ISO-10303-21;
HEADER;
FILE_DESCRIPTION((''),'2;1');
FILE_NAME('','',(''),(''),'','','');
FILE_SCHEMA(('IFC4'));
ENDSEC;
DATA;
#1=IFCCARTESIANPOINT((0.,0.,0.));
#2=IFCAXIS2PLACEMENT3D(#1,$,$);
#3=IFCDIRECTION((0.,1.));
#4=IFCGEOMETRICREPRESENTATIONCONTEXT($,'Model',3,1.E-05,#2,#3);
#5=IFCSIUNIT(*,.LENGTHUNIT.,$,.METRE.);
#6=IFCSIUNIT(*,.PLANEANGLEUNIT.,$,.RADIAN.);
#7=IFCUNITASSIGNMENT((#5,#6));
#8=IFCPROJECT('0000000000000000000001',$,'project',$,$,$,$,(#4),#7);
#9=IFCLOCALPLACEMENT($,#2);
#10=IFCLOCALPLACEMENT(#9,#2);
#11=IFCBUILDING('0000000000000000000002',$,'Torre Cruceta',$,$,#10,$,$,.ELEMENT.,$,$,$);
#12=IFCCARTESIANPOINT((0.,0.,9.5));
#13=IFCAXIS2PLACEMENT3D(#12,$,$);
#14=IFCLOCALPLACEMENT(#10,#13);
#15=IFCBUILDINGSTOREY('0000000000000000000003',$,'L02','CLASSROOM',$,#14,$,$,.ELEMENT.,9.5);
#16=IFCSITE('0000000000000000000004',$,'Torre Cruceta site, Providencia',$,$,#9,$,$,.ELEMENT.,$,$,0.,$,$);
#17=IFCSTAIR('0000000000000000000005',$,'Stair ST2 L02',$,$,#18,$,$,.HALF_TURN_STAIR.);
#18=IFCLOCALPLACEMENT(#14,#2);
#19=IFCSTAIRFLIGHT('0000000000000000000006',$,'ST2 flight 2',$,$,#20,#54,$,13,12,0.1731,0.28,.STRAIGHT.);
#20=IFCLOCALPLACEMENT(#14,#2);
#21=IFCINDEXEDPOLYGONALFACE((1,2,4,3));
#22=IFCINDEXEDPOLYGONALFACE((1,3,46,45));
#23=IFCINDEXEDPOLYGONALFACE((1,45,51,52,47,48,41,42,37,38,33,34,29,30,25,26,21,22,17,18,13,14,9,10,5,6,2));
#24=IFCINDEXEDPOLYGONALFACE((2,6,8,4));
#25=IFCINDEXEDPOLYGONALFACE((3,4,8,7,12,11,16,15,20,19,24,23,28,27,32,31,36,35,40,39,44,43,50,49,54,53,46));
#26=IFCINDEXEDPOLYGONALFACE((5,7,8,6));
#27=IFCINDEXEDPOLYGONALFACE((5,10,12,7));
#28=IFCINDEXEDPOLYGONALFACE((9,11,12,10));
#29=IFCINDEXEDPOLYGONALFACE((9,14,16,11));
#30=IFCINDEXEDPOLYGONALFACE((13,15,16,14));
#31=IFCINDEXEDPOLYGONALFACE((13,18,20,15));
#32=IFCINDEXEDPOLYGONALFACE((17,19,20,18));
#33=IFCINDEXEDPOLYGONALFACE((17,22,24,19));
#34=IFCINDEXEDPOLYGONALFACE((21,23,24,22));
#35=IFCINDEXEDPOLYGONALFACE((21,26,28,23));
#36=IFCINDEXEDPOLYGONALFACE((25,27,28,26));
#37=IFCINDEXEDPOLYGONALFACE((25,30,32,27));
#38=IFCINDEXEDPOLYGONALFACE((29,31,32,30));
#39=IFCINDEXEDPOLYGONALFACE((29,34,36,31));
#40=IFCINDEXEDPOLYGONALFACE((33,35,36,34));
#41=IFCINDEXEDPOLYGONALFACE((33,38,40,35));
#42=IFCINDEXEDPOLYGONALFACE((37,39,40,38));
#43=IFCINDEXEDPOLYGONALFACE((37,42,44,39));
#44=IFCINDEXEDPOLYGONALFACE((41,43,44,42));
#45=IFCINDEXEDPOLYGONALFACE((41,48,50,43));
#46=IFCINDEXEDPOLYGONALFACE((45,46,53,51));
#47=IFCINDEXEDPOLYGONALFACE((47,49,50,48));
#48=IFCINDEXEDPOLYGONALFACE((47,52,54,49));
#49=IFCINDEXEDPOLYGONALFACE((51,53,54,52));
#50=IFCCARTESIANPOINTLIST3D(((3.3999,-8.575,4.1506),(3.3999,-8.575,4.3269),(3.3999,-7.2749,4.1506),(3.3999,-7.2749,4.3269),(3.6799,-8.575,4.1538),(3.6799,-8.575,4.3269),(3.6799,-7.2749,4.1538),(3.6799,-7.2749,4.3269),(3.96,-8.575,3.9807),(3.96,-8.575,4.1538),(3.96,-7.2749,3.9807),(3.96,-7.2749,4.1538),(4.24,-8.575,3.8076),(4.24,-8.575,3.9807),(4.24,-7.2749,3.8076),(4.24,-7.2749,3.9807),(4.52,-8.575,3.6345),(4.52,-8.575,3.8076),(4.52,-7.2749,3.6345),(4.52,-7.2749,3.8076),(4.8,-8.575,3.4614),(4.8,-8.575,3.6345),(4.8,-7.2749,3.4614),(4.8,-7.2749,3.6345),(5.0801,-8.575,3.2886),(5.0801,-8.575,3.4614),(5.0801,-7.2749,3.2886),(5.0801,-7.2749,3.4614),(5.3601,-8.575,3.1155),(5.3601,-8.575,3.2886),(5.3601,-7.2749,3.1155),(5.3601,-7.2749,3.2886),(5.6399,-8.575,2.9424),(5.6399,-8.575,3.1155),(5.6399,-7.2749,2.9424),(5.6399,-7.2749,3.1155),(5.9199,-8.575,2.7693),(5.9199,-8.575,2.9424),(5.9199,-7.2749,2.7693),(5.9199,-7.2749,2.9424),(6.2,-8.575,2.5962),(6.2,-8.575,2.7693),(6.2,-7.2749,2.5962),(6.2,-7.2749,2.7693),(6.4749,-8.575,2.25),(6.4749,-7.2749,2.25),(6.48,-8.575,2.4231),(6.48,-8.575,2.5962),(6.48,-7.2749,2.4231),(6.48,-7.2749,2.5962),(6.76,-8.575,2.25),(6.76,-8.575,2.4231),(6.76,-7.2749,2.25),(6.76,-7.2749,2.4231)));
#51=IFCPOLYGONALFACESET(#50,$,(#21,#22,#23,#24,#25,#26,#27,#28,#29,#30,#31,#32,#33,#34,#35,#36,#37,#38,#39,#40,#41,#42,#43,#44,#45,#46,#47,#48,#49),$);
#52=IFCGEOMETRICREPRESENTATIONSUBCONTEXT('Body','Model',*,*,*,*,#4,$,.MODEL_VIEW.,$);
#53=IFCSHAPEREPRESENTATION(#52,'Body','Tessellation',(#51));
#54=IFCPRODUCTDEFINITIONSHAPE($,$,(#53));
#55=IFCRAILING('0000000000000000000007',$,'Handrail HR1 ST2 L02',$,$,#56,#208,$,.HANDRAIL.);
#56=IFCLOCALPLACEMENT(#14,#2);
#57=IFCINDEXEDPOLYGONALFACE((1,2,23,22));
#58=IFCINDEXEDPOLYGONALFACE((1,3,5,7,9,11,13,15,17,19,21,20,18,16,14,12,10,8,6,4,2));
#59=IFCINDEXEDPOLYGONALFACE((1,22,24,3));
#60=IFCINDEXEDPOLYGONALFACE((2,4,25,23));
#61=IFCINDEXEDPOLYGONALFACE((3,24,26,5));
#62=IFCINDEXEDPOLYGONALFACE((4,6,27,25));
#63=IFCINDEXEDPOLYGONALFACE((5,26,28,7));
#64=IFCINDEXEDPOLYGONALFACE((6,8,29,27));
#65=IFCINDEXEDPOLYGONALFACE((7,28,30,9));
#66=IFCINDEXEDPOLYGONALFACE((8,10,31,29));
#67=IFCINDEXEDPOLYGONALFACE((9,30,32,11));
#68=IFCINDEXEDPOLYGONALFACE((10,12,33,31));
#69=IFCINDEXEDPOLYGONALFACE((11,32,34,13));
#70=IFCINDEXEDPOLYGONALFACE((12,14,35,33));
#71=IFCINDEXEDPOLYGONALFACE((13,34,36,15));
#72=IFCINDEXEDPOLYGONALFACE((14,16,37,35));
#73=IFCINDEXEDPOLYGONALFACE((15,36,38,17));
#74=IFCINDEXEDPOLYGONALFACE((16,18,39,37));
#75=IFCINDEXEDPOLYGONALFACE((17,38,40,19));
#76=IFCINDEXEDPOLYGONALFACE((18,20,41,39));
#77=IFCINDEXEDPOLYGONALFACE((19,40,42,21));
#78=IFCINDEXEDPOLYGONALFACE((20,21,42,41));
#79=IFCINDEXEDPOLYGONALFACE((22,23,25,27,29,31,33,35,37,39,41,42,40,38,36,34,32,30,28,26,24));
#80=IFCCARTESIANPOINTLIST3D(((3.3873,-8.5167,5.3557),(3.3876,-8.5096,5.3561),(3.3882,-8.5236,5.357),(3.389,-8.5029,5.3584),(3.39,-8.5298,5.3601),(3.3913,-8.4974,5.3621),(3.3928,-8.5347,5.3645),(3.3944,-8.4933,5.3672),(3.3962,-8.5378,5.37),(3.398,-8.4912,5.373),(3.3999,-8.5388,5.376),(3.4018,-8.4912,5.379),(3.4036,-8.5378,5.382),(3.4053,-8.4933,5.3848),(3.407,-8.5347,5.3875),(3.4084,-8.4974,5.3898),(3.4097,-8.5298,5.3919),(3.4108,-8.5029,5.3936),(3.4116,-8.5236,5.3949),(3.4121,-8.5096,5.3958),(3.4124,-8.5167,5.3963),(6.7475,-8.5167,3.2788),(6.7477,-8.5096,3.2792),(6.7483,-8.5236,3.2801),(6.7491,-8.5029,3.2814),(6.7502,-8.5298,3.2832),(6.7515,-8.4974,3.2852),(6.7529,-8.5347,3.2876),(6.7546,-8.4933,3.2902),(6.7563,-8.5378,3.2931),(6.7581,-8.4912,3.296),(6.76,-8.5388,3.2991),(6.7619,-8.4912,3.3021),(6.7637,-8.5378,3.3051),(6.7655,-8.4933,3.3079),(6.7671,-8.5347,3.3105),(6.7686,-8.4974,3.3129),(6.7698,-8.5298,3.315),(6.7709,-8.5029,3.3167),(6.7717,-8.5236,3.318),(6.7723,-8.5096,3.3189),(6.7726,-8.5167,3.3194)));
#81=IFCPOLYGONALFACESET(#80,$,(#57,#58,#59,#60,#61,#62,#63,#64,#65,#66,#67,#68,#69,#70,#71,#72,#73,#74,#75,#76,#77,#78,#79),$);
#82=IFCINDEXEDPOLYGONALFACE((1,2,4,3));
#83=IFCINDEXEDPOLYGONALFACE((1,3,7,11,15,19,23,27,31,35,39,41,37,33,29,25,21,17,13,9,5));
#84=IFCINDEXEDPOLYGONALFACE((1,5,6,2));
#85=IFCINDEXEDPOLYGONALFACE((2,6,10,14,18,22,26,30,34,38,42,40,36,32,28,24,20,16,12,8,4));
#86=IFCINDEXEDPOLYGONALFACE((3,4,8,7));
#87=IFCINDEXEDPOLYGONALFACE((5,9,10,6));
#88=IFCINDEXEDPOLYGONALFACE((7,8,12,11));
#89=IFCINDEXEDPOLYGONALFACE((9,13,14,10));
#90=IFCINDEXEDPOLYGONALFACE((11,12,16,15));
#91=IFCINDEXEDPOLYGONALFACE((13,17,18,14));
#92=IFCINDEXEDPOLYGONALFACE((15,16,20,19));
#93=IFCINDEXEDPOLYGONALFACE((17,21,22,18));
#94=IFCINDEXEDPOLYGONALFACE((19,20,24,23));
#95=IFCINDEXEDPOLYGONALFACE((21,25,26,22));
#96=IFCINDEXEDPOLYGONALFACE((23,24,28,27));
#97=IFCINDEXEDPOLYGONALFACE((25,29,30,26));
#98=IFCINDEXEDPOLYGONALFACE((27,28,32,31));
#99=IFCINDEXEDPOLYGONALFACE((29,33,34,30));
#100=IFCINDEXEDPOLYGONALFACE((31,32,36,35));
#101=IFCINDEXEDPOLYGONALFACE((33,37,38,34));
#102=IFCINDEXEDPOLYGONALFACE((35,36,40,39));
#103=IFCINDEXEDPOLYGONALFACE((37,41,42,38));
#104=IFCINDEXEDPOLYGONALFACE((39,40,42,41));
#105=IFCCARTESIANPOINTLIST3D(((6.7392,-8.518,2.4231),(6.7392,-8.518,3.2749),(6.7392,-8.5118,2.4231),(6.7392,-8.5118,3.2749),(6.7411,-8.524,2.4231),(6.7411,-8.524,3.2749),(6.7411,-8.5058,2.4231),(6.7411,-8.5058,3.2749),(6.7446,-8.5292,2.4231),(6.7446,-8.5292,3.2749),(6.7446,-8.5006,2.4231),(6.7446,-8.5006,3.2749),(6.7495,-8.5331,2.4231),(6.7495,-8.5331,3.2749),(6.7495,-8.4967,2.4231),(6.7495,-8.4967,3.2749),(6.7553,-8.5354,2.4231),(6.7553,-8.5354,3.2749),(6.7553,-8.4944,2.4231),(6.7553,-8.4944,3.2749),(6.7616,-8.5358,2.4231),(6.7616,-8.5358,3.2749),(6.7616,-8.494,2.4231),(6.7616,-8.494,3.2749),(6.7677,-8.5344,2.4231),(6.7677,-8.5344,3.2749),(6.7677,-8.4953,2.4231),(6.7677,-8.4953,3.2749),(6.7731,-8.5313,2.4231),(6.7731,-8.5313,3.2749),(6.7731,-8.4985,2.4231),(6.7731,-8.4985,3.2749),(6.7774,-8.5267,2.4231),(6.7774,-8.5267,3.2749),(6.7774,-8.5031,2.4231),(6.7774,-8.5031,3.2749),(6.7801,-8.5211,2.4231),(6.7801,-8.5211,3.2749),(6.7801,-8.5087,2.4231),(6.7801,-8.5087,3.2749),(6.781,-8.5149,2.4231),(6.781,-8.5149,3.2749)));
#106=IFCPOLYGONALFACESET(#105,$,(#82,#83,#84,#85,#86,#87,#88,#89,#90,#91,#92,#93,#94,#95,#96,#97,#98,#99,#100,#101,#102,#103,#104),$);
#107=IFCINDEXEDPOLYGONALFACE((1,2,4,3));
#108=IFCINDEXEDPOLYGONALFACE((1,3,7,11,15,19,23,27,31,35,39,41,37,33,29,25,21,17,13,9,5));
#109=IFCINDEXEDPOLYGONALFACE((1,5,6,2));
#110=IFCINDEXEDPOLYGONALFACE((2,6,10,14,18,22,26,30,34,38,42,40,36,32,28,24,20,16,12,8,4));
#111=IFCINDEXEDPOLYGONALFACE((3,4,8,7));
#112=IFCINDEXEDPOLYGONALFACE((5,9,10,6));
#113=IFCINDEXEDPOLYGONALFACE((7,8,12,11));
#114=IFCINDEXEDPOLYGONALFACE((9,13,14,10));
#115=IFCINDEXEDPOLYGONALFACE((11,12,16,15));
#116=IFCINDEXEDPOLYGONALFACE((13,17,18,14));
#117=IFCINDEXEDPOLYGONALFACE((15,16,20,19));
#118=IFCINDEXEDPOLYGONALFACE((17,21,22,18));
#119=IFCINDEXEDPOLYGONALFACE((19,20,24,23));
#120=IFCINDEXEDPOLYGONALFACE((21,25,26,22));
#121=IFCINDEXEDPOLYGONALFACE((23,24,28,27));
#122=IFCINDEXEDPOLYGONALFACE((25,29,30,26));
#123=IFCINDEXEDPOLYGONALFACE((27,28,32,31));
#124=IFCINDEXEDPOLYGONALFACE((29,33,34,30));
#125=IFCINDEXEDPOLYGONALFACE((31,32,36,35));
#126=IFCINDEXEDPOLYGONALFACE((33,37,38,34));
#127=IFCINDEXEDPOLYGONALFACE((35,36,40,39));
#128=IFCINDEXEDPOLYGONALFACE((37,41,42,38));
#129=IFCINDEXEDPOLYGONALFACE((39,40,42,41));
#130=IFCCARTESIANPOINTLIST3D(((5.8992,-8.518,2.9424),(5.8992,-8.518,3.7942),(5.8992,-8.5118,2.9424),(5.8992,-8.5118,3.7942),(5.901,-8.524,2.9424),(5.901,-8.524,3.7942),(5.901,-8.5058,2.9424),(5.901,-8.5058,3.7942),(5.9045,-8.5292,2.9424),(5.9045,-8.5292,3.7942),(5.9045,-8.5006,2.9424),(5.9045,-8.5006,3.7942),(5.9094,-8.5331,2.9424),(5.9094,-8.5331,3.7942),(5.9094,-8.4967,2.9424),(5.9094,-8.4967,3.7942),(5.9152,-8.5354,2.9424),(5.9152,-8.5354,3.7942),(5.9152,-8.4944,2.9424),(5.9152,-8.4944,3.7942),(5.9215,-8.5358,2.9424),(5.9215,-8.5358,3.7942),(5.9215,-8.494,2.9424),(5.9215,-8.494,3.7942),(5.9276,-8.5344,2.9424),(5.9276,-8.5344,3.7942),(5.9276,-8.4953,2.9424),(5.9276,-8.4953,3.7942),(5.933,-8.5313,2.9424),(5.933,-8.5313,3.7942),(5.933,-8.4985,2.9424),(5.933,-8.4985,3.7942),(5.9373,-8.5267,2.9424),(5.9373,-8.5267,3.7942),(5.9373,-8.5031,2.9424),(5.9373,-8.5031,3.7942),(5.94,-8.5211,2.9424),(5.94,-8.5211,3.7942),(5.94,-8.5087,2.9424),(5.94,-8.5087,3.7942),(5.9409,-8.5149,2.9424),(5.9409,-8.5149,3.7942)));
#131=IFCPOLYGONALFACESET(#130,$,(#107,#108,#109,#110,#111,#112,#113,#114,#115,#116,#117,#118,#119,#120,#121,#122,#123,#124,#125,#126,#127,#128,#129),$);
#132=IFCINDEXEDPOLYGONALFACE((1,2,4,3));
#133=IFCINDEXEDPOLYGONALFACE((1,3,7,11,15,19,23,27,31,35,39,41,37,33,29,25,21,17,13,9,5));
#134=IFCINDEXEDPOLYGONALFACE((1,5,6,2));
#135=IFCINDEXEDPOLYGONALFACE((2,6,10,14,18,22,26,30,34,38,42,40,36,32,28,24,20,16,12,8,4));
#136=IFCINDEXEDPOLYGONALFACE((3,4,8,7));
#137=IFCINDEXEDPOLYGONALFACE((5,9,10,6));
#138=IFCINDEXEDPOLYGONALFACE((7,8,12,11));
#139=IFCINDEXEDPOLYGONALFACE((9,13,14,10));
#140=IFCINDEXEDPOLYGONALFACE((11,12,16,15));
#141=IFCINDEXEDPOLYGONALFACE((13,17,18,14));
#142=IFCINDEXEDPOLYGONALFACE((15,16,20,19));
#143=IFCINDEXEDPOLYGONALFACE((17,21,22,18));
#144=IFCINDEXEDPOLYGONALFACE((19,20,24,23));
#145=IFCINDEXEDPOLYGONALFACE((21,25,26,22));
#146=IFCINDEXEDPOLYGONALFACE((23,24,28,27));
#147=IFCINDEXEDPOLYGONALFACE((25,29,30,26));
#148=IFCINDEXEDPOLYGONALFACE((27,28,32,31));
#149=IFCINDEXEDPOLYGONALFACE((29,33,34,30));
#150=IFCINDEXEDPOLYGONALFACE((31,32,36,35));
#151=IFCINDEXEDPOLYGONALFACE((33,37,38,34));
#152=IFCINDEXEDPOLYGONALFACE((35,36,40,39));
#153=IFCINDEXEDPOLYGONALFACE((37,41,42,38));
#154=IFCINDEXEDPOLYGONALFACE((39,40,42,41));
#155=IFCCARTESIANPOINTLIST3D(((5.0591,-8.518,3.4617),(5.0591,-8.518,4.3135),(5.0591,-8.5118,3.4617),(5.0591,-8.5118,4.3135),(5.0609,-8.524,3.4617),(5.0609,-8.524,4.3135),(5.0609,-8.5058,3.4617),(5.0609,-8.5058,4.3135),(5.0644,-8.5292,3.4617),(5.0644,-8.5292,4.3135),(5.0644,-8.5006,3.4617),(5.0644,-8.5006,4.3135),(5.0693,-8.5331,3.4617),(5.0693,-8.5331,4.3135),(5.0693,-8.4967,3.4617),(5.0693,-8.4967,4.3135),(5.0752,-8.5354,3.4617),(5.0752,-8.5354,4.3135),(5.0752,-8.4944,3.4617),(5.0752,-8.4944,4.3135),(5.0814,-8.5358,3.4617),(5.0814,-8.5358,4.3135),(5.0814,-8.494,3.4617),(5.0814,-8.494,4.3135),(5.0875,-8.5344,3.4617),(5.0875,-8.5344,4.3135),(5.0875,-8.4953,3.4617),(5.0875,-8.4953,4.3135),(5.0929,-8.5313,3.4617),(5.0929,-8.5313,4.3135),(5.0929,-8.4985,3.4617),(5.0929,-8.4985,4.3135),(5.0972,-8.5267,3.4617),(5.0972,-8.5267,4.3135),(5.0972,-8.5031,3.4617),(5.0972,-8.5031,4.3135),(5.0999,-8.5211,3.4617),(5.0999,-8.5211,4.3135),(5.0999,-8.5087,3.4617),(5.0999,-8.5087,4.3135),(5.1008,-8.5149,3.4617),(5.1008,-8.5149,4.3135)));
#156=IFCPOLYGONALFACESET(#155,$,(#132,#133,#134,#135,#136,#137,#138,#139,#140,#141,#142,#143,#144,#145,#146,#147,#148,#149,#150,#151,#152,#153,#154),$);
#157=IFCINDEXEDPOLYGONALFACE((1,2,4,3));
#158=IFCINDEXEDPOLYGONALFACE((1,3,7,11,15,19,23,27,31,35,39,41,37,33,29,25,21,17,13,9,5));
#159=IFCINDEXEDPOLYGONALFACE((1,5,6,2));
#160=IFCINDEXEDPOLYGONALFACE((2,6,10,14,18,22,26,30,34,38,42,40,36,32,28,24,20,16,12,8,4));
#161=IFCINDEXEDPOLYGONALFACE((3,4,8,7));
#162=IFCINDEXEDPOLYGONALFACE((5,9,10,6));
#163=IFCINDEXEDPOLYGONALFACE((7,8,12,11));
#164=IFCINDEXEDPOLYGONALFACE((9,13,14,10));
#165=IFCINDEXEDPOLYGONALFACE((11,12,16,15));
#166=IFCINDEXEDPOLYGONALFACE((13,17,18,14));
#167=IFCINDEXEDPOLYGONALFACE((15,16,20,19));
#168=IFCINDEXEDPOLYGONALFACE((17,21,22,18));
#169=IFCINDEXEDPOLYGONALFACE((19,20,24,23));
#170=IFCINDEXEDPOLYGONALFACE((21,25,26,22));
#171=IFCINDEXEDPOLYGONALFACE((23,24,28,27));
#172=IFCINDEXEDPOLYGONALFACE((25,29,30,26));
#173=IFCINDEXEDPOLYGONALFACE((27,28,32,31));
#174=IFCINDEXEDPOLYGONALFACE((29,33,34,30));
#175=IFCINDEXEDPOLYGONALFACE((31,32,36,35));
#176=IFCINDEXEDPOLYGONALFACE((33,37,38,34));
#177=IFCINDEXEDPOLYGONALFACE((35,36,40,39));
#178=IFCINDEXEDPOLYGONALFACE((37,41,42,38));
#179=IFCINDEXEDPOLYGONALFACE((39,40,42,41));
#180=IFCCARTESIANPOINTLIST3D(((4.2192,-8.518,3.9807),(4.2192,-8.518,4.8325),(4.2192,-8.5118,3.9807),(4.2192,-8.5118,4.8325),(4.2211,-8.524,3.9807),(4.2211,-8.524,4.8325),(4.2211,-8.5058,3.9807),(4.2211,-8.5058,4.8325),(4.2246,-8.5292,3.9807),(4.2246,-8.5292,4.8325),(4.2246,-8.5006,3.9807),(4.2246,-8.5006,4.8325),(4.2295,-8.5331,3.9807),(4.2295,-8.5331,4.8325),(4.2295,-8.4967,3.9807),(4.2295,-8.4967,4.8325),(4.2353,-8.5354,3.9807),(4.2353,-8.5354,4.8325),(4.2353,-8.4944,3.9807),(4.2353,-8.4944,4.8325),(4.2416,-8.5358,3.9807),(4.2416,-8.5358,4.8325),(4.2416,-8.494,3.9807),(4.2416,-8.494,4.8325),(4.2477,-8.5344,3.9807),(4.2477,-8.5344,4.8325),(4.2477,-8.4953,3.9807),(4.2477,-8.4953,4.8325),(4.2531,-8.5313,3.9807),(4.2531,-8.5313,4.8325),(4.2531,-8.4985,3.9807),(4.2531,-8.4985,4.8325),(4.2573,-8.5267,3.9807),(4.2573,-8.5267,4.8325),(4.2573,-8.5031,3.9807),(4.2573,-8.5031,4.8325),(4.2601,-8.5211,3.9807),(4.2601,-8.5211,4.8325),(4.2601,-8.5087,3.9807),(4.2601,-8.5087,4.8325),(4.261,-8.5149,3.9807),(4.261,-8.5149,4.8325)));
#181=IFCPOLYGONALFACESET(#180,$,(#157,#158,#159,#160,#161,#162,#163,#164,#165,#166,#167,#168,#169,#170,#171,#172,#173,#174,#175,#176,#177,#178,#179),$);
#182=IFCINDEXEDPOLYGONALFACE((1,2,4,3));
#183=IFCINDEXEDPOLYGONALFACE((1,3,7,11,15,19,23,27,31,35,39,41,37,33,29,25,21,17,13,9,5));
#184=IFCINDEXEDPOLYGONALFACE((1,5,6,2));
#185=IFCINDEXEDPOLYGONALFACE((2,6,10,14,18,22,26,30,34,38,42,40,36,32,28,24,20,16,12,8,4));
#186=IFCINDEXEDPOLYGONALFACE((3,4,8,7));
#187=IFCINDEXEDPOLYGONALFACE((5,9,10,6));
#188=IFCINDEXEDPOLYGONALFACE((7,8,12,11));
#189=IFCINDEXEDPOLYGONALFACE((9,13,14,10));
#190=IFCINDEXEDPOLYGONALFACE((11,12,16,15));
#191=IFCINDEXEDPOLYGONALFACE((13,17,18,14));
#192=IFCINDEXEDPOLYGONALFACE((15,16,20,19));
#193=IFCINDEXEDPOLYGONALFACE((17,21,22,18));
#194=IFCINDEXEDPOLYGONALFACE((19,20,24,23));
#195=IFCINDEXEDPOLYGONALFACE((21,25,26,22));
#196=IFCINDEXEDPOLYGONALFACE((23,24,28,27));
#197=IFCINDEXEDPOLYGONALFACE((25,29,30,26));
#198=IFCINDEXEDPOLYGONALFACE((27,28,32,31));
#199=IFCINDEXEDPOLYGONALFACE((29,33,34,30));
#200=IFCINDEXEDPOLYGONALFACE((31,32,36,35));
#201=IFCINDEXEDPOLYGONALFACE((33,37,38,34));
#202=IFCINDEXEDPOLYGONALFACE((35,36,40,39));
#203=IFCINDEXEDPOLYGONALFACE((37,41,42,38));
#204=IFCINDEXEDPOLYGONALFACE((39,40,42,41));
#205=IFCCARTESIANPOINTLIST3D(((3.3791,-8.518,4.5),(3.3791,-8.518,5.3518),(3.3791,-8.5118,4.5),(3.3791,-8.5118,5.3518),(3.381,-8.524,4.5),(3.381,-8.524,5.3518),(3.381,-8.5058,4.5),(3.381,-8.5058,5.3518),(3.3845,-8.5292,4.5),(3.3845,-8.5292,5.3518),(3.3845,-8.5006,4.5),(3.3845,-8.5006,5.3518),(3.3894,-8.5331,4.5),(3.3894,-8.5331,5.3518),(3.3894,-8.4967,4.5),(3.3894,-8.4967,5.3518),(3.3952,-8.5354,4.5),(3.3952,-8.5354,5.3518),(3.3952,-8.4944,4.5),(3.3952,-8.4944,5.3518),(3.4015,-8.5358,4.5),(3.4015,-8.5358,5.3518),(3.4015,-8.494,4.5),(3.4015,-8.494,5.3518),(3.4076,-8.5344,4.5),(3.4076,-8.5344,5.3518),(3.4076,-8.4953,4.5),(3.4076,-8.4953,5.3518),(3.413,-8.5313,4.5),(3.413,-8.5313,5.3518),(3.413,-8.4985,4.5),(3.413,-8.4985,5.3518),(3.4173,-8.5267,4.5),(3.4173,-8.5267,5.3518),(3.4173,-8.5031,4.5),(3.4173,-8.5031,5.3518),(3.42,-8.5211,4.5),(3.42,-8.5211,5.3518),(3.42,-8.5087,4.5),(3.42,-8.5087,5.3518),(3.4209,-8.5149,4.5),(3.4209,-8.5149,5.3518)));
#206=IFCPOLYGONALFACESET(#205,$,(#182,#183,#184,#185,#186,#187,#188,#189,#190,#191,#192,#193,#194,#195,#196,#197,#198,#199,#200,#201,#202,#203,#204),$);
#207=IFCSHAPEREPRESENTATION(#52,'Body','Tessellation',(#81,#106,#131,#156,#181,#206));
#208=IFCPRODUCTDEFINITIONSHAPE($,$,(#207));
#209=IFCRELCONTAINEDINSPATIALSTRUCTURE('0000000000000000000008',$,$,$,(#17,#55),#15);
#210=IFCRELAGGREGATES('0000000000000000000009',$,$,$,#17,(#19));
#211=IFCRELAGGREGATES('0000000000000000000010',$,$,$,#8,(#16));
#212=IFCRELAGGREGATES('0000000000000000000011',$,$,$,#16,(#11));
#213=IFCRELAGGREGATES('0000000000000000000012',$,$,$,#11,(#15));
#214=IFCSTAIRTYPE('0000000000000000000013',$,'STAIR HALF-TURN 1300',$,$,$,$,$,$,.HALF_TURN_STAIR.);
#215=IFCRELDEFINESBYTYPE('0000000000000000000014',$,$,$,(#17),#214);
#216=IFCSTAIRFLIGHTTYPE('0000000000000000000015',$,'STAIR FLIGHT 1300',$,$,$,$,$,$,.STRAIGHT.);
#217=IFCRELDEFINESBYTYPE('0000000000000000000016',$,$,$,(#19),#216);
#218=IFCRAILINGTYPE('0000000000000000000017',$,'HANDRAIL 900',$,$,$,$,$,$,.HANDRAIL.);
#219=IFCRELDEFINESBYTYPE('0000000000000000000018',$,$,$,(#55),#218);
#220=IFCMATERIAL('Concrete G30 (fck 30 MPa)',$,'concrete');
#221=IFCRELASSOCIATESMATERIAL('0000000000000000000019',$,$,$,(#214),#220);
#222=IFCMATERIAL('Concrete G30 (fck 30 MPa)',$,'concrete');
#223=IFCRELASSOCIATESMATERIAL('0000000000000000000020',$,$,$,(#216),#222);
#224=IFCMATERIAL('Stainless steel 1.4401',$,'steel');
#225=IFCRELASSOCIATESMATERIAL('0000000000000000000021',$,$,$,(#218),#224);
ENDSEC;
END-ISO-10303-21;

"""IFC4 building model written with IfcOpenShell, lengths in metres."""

from ifc_helpers import new_model, si_unit, direction, frame, origin, origin_2d, place, context, subcontext, project, spatial, polyline, circle, outline, extrude, material, type_object, element, aggregate, save


model = new_model("IFC4")

# Units and contexts
model_context = context("Model", 3, precision=1e-05, world=origin(), true_north=direction((0.0, 1.0)))
body_context = subcontext(model_context, "Body", "Model", "MODEL_VIEW")
ifc_project = project(units=[si_unit("LENGTHUNIT", "METRE"), si_unit("PLANEANGLEUNIT", "RADIAN")], contexts=[model_context])

# Site, building, storey
site_placement = place(None, origin())
site = spatial("IfcSite", under=ifc_project, at=site_placement, Name="Torre Cruceta site, Providencia", CompositionType="ELEMENT", RefElevation=0.0)
building_placement = place(site_placement, origin())
building = spatial("IfcBuilding", under=site, at=building_placement, Name="Torre Cruceta", CompositionType="ELEMENT")
storey_placement = place(building_placement, frame((0.0, 0.0, 9.5)))
storey = spatial("IfcBuildingStorey", under=building, at=storey_placement, Name="L02", Description="CLASSROOM", CompositionType="ELEMENT", Elevation=9.5)

# Stair
ifc_material_1 = material(Name="Concrete G30 (fck 30 MPa)", Category="concrete")
stair_type = type_object("IfcStairType", Name="STAIR HALF-TURN 1300", PredefinedType="HALF_TURN_STAIR", material=ifc_material_1)
stair_1_placement = place(storey_placement, origin())
stair_1 = element("IfcStair", 1, at=stair_1_placement, inside=storey, type_object=stair_type, Name="Stair ST2 L02", PredefinedType="HALF_TURN_STAIR")

# Stair flight
ifc_material_2 = material(Name="Concrete G30 (fck 30 MPa)", Category="concrete")
stair_flight_type = type_object("IfcStairFlightType", Name="STAIR FLIGHT 1300", PredefinedType="STRAIGHT", material=ifc_material_2)
stair_flight_1_placement = place(storey_placement, frame((6.76, -7.925, 2.25), z_axis=(0.0, 0.0, 1.0), x_axis=(-1.0, 0.0, 0.0)))
stair_flight_1 = element("IfcStairFlight", 2, at=stair_flight_1_placement, type_object=stair_flight_type, Name="ST2 flight 2", NumberOfRisers=13, NumberOfTreads=12, PredefinedType="STRAIGHT", RiserHeight=0.1731, TreadLength=0.28, context=body_context, shape_type="SweptSolid", body=[
    extrude(outline(polyline([(0.0, 0.0), (0.0, 0.1731), (0.28, 0.1731), (0.28, 0.3462), (0.5601, 0.3462), (0.5601, 0.5193), (0.8401, 0.5193), (0.8401, 0.6924), (1.1201, 0.6924), (1.1201, 0.8655), (1.3999, 0.8655), (1.3999, 1.0386), (1.6799, 1.0386), (1.6799, 1.2114), (1.96, 1.2114), (1.96, 1.3845), (2.24, 1.3845), (2.24, 1.5576), (2.52, 1.5576), (2.52, 1.7307), (2.8, 1.7307), (2.8, 1.9038), (3.0801, 1.9038), (3.0801, 2.0769), (3.3601, 2.0769), (3.3601, 2.25), (3.3601, 1.9006), (0.2852, 0.0), (0.0, 0.0)])), frame((0.0, 0.6499, 0.0), z_axis=(0.0, -1.0, 0.0), x_axis=(1.0, 0.0, 0.0)), (0.0, 0.0, 1.0), 1.3),
])
aggregate(stair_1, [stair_flight_1])

# Railing
ifc_material_3 = material(Name="Stainless steel 1.4401", Category="steel")
railing_type = type_object("IfcRailingType", Name="HANDRAIL 900", PredefinedType="HANDRAIL", material=ifc_material_3)
railing_1_placement = place(storey_placement, frame((6.76, -8.5149, 2.4231)))
element("IfcRailing", 3, at=railing_1_placement, inside=storey, type_object=railing_type, Name="Handrail HR1 ST2 L02", PredefinedType="HANDRAIL", context=body_context, shape_type="SweptSolid", body=[
    extrude(circle(Radius=0.0239, at=origin_2d()), frame((0.0, 0.0, 0.876), z_axis=(-0.850623, 0.0, 0.525776), x_axis=(0.0, -1.0, 0.0)), (0.0, 0.0, 1.0), 3.9502),
    extrude(circle(Radius=0.021, at=origin_2d()), origin(), (0.0, 0.0, 1.0), 0.8518),
    extrude(circle(Radius=0.021, at=origin_2d()), frame((-0.8401, 0.0, 0.5193)), (0.0, 0.0, 1.0), 0.8518),
    extrude(circle(Radius=0.021, at=origin_2d()), frame((-1.6802, 0.0, 1.0386)), (0.0, 0.0, 1.0), 0.8518),
    extrude(circle(Radius=0.021, at=origin_2d()), frame((-2.52, 0.0, 1.5576)), (0.0, 0.0, 1.0), 0.8518),
    extrude(circle(Radius=0.021, at=origin_2d()), frame((-3.3601, 0.0, 2.0769)), (0.0, 0.0, 1.0), 0.8518),
])

save(model, "model.ifc")
